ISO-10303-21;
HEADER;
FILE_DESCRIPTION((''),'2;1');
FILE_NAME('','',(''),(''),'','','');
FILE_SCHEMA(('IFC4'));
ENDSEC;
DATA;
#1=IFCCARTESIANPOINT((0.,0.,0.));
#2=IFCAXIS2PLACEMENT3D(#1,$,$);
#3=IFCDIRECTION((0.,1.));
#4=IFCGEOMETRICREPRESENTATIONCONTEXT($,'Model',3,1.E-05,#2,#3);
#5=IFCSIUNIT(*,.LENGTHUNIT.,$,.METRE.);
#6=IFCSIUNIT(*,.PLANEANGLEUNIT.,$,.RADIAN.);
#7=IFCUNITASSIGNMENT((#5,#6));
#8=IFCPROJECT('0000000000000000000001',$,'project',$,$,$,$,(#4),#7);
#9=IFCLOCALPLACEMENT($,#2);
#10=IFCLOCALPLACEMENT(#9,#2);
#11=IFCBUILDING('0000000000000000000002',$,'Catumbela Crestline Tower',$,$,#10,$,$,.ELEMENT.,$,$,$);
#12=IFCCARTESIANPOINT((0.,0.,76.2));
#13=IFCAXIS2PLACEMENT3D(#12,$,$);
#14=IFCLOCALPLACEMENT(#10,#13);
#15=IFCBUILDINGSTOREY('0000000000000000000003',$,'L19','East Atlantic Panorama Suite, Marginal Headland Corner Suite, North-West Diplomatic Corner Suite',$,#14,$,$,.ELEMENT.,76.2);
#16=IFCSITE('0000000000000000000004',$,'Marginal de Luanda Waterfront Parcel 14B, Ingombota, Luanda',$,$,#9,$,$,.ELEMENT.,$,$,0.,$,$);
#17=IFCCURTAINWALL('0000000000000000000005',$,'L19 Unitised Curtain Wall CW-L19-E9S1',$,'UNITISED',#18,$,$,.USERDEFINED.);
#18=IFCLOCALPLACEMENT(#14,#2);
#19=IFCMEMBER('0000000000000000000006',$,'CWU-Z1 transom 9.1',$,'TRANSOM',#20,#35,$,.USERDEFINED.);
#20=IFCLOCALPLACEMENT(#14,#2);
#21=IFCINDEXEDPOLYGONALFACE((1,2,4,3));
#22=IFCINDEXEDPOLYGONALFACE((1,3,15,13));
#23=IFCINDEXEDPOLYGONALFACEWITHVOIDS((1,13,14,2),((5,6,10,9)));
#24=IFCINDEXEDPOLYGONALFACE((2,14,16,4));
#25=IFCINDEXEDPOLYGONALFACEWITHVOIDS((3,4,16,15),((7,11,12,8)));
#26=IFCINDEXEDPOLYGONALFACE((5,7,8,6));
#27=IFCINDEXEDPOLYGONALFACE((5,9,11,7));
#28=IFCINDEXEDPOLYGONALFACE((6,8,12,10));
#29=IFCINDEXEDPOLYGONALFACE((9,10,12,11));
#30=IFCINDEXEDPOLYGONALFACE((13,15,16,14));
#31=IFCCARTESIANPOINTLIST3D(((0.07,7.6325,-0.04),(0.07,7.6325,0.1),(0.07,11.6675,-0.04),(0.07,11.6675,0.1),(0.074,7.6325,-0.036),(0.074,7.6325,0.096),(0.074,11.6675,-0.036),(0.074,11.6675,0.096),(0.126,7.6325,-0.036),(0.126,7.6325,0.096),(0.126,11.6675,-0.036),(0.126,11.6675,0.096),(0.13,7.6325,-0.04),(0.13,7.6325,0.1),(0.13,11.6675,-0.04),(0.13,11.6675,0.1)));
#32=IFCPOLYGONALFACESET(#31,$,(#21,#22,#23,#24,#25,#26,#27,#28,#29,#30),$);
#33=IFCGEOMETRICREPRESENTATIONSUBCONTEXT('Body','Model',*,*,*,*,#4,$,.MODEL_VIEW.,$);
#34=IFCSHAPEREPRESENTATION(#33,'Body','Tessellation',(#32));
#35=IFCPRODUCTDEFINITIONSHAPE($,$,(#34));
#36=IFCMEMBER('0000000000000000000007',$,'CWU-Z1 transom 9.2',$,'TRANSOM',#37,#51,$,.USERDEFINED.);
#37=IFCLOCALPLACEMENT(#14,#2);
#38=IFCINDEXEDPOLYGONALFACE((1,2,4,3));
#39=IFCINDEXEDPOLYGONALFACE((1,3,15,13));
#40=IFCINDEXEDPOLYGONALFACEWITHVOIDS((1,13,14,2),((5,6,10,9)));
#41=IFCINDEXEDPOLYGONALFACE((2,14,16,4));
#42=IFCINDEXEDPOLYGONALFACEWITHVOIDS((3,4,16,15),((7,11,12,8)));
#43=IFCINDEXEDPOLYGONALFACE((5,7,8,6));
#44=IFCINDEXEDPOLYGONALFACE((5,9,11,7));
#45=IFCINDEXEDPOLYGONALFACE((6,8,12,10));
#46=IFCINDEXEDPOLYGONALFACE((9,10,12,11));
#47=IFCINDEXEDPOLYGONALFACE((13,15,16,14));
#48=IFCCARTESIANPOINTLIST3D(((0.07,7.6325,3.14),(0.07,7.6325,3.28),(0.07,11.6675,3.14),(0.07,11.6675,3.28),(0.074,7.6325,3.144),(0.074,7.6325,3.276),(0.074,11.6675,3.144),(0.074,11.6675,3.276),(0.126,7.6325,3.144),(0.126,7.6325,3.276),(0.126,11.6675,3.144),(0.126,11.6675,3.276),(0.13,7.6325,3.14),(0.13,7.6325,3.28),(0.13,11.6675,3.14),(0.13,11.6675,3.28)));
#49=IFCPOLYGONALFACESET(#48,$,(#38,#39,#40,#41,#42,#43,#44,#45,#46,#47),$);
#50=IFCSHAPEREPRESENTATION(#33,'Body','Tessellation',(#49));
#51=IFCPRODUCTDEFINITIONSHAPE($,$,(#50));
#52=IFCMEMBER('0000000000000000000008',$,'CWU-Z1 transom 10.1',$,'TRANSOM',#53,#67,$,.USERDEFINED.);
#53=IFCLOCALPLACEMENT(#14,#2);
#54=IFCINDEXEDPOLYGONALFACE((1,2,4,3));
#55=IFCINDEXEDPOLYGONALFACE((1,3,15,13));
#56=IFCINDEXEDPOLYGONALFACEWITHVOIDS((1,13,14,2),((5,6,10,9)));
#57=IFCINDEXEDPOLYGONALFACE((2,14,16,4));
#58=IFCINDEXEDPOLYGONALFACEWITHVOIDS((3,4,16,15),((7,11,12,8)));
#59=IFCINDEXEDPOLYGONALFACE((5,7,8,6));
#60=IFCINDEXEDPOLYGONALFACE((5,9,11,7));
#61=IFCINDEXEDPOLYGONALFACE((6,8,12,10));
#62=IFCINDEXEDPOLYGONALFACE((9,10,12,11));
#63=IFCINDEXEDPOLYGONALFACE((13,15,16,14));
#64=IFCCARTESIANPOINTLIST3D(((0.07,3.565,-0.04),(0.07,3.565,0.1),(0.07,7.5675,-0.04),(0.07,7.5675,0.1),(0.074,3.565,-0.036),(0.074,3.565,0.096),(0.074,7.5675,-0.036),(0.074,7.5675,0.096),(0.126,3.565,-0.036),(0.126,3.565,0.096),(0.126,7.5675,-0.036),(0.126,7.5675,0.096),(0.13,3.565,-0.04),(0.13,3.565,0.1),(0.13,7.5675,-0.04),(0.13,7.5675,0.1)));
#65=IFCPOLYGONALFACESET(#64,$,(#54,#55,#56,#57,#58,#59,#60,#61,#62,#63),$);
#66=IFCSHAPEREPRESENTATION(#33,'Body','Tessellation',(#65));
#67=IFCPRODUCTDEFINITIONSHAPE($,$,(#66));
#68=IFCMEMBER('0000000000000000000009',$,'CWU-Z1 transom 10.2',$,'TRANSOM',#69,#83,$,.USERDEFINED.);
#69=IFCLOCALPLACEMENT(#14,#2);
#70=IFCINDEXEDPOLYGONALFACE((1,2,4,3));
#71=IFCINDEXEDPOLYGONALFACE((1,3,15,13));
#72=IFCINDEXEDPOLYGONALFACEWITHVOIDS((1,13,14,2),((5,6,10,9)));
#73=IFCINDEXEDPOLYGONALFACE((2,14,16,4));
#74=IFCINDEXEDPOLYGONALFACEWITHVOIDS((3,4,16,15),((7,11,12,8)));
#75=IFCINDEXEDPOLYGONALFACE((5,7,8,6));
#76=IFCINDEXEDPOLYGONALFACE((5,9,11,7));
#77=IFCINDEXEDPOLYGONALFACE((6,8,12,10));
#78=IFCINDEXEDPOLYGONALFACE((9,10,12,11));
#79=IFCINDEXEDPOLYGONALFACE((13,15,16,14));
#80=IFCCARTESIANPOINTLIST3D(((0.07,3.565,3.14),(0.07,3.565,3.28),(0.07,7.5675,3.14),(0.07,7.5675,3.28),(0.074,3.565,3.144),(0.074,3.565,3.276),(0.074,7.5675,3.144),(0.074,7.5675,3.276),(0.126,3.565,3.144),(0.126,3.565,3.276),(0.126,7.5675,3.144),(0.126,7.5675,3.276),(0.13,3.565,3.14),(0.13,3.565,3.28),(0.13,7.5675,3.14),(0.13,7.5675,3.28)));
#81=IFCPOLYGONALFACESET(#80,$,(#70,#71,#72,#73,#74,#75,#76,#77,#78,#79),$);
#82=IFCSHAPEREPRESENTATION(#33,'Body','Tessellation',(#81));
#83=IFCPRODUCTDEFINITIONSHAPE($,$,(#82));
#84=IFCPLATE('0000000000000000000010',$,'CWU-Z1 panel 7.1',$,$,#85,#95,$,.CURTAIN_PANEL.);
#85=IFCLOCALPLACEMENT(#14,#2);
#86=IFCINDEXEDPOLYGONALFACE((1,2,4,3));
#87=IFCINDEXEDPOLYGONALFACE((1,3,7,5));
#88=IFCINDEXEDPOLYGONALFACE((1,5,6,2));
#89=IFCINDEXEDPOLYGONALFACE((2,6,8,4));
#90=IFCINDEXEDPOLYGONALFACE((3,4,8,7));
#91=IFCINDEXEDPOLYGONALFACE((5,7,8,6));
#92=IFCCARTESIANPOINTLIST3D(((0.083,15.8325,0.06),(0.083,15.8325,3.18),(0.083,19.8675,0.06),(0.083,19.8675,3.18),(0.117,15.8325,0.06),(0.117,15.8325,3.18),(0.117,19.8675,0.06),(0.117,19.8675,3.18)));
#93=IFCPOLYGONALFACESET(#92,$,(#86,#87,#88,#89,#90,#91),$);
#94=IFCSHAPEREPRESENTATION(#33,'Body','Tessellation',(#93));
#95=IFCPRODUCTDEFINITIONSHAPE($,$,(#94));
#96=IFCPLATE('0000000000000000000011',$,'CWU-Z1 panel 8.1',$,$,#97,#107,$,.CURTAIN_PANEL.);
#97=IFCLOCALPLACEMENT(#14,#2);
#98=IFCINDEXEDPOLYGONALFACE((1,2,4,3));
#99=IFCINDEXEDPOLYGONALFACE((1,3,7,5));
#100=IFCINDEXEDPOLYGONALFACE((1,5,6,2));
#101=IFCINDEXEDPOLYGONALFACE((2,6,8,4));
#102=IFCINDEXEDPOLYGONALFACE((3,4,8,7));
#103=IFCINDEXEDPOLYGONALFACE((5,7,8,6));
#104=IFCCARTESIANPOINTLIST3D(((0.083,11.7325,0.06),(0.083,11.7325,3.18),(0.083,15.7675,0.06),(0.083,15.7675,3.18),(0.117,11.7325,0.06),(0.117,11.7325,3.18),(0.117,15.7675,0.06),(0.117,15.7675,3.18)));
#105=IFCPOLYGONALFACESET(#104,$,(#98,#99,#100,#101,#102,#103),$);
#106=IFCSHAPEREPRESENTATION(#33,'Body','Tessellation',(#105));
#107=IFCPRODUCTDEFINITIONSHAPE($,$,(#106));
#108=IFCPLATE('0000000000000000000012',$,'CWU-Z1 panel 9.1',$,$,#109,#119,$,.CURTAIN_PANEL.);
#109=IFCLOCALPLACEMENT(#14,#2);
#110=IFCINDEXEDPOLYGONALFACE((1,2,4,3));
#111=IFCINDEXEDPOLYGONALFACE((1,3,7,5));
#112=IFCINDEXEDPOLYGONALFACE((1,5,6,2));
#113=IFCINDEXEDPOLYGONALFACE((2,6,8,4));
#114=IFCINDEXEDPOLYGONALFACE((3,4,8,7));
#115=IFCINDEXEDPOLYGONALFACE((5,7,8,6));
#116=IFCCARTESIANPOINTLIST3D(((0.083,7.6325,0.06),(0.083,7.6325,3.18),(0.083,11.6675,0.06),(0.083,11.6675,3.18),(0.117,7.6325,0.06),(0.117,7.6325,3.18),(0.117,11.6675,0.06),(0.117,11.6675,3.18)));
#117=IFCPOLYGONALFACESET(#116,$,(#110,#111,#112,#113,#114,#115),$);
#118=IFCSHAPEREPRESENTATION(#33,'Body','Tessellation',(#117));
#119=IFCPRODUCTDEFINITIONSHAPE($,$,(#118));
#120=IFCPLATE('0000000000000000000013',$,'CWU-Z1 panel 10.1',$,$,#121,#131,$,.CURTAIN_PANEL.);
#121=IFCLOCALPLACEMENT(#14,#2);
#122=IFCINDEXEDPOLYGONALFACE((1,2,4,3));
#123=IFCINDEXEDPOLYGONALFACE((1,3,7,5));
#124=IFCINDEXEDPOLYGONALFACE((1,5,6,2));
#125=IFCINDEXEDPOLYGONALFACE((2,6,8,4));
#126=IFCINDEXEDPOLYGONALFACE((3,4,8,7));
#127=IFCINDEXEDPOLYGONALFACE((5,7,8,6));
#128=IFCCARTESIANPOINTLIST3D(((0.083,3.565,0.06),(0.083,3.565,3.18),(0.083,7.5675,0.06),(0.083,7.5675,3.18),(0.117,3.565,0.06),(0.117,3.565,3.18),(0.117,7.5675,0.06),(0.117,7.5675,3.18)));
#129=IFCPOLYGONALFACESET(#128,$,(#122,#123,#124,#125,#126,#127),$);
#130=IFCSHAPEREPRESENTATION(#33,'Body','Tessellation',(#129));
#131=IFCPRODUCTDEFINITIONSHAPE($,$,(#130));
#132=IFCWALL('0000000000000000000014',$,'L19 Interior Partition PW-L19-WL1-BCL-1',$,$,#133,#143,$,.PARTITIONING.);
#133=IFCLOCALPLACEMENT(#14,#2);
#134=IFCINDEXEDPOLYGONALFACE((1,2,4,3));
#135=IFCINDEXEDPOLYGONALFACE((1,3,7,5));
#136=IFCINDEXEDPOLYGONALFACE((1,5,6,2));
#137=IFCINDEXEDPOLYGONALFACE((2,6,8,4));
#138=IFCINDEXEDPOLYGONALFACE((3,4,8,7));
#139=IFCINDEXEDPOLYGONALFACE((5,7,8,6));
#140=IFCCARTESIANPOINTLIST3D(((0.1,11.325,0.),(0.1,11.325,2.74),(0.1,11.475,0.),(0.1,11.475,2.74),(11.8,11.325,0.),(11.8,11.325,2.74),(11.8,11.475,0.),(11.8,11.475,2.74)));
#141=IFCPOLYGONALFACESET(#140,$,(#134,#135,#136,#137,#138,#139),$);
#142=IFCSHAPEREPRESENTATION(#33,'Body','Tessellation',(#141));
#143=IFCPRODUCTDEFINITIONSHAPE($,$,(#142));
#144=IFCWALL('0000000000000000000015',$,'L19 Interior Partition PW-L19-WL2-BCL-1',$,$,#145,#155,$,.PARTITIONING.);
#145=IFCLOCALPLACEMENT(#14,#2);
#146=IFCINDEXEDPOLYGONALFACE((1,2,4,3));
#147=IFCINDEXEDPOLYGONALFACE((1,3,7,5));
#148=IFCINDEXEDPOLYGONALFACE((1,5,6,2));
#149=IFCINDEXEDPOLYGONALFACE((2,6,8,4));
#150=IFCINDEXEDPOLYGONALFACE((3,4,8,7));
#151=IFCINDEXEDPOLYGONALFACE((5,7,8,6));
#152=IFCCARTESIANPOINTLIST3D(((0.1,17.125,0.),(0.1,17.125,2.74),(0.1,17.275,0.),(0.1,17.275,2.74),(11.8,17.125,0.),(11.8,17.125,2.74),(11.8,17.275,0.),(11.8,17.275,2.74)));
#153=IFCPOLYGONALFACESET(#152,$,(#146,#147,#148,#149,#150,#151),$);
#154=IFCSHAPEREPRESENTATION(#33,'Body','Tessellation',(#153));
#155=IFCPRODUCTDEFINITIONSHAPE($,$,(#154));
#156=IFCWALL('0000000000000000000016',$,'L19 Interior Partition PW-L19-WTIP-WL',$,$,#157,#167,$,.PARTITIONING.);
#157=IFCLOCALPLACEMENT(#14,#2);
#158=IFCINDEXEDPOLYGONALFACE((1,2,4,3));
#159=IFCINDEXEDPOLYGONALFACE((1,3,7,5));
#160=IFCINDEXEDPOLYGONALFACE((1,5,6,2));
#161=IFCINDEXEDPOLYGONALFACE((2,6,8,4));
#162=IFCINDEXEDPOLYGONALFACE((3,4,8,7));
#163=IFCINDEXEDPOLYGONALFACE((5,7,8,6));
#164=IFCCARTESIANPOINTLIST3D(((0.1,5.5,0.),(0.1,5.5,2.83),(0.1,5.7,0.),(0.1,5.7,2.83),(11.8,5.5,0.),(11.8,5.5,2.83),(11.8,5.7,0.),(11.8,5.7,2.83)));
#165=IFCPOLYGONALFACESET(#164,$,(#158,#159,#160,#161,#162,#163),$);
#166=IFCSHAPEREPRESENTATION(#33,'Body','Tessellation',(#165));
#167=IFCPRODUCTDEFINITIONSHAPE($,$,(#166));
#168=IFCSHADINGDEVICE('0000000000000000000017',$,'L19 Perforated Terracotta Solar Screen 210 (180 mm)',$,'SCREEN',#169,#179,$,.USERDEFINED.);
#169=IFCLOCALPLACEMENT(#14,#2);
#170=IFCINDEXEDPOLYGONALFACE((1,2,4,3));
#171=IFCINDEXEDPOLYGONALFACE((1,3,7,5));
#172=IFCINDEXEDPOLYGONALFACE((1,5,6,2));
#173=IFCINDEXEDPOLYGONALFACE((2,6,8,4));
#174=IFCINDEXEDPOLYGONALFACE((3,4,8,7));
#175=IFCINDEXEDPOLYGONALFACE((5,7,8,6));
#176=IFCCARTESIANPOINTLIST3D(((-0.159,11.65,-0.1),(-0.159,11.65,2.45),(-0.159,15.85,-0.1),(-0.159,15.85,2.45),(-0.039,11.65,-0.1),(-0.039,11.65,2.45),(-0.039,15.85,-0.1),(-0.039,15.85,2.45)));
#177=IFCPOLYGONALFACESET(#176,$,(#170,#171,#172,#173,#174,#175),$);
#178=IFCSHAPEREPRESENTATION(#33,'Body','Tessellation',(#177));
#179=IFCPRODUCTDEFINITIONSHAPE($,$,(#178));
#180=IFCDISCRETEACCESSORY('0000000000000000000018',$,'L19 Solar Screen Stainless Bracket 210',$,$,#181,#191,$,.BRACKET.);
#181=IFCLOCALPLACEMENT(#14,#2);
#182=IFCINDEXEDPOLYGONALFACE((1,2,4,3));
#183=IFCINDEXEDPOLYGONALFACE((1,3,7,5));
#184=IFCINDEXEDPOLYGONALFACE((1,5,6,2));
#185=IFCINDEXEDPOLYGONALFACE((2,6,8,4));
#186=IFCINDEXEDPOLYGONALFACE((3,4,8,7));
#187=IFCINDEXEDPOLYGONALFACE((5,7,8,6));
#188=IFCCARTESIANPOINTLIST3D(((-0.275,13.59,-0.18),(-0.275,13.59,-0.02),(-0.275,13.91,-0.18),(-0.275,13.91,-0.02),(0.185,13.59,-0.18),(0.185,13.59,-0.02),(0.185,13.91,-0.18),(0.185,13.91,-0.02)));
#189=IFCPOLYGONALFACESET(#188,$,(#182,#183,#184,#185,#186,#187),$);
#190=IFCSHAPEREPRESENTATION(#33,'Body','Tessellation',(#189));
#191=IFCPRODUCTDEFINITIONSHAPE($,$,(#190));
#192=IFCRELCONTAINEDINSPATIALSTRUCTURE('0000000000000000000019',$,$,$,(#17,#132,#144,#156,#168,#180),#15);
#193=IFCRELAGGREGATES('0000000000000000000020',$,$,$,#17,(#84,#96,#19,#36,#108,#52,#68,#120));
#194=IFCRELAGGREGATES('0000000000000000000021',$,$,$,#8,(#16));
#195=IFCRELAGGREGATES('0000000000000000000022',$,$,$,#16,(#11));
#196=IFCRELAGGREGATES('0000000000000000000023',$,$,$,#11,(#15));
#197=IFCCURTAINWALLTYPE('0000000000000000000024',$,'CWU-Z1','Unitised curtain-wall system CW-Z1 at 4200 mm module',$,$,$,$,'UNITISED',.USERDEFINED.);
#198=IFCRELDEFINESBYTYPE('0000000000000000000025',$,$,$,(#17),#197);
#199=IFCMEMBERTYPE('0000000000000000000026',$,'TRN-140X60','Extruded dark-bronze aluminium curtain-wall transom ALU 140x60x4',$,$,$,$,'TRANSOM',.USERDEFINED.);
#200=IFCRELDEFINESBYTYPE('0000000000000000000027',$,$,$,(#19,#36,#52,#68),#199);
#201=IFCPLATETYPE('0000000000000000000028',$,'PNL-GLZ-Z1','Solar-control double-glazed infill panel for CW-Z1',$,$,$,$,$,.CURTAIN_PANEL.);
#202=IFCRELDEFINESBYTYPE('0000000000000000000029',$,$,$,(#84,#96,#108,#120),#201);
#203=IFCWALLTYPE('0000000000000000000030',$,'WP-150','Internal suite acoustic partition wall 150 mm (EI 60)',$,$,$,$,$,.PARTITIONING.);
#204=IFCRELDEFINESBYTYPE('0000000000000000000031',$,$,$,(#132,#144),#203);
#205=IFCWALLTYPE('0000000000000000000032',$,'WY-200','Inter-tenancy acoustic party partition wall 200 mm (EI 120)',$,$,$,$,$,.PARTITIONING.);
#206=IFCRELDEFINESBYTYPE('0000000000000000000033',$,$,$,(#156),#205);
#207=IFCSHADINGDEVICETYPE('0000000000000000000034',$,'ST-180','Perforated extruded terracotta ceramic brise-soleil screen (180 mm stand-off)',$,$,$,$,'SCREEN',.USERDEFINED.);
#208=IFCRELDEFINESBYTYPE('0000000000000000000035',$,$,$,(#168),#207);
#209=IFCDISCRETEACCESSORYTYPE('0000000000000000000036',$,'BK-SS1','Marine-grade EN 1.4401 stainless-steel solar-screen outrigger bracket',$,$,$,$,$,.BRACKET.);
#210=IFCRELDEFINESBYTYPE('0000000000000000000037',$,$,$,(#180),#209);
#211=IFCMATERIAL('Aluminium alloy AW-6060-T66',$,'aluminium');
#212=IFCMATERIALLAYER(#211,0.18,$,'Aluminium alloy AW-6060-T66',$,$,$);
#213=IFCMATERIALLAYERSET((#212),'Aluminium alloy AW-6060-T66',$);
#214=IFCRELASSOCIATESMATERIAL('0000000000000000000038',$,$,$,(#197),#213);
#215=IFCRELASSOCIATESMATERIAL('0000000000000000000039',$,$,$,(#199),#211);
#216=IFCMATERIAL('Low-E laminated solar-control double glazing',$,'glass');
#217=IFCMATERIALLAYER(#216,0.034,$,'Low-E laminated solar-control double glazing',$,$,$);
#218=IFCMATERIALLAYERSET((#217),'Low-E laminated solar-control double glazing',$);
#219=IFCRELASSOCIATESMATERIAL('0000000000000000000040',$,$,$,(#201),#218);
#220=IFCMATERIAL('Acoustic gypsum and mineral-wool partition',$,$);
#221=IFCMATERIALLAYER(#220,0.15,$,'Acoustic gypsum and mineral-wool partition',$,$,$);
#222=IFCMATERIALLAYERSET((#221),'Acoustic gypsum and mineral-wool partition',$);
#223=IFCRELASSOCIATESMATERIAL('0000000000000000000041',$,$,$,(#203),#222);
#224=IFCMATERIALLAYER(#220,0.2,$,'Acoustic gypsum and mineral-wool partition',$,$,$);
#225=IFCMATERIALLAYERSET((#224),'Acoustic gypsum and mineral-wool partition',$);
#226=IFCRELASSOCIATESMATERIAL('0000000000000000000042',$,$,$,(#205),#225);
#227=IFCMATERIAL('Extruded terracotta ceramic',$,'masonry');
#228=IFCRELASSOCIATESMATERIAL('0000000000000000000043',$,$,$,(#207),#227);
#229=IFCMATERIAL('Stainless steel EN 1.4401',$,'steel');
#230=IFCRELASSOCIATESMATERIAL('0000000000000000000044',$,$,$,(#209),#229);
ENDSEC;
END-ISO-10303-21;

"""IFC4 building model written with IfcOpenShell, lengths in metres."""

from ifc_helpers import new_model, si_unit, direction, frame, frame_2d, origin, origin_2d, place, context, subcontext, project, spatial, rectangle, hollow_rectangle, extrude, material, layer, layer_set, material_profile, profile_set, type_object, element, aggregate, save


model = new_model("IFC4")

# Units and contexts
model_context = context("Model", 3, precision=1e-05, world=origin(), true_north=direction((0.0, 1.0)))
body_context = subcontext(model_context, "Body", "Model", "MODEL_VIEW")
ifc_project = project(units=[si_unit("LENGTHUNIT", "METRE"), si_unit("PLANEANGLEUNIT", "RADIAN")], contexts=[model_context])

# Site, building, storey
site_placement = place(None, origin())
site = spatial("IfcSite", under=ifc_project, at=site_placement, Name="Marginal de Luanda Waterfront Parcel 14B, Ingombota, Luanda", CompositionType="ELEMENT", RefElevation=0.0)
building_placement = place(site_placement, origin())
building = spatial("IfcBuilding", under=site, at=building_placement, Name="Catumbela Crestline Tower", CompositionType="ELEMENT")
storey_placement = place(building_placement, frame((0.0, 0.0, 76.2)))
storey = spatial("IfcBuildingStorey", under=building, at=storey_placement, Name="L19", Description="East Atlantic Panorama Suite, Marginal Headland Corner Suite, North-West Diplomatic Corner Suite", CompositionType="ELEMENT", Elevation=76.2)

# Curtain wall
ifc_material_1 = material(Name="Aluminium alloy AW-6060-T66", Category="aluminium")
ifc_layer_1 = layer(ifc_material_1, 0.18, Name="Aluminium alloy AW-6060-T66")
ifc_layer_set_1 = layer_set([ifc_layer_1], Name="Aluminium alloy AW-6060-T66")
curtain_wall_type = type_object("IfcCurtainWallType", Name="CWU-Z1", Description="Unitised curtain-wall system CW-Z1 at 4200 mm module", ElementType="UNITISED", PredefinedType="USERDEFINED", material=ifc_layer_set_1)
curtain_wall_placement = place(storey_placement, origin())
curtain_wall = element("IfcCurtainWall", 1, at=curtain_wall_placement, inside=storey, type_object=curtain_wall_type, Name="L19 Unitised Curtain Wall CW-L19-E9S1", ObjectType="UNITISED", PredefinedType="USERDEFINED")

# Members
ifc_material_profile_1 = material_profile(ifc_material_1, hollow_rectangle(XDim=0.06, YDim=0.14, WallThickness=0.004, at=origin_2d()), Name="ALU 140x60x4")
ifc_profile_set_1 = profile_set([ifc_material_profile_1], Name="Aluminium alloy AW-6060-T66")
member_type_1 = type_object("IfcMemberType", Name="TRN-140X60", Description="Extruded dark-bronze aluminium curtain-wall transom ALU 140x60x4", ElementType="TRANSOM", PredefinedType="USERDEFINED", material=ifc_profile_set_1)
member_1_placement = place(storey_placement, frame((0.1, 11.6675, 0.03), z_axis=(0.0, -1.0, 0.0), x_axis=(1.0, 0.0, 0.0)))
member_1 = element("IfcMember", 2, at=member_1_placement, type_object=member_type_1, Name="CWU-Z1 transom 9.1", ObjectType="TRANSOM", PredefinedType="USERDEFINED", context=body_context, shape_type="SweptSolid", body=[
    extrude(hollow_rectangle(XDim=0.06, YDim=0.14, WallThickness=0.004, at=origin_2d()), origin(), (0.0, 0.0, 1.0), 4.035),
])
member_2_placement = place(storey_placement, frame((0.1, 11.6675, 3.21), z_axis=(0.0, -1.0, 0.0), x_axis=(1.0, 0.0, 0.0)))
member_2 = element("IfcMember", 3, at=member_2_placement, type_object=member_type_1, Name="CWU-Z1 transom 9.2", ObjectType="TRANSOM", PredefinedType="USERDEFINED", context=body_context, shape_type="SweptSolid", body=[
    extrude(hollow_rectangle(XDim=0.06, YDim=0.14, WallThickness=0.004, at=origin_2d()), origin(), (0.0, 0.0, 1.0), 4.035),
])
member_3_placement = place(storey_placement, frame((0.1, 7.5675, 0.03), z_axis=(0.0, -1.0, 0.0), x_axis=(1.0, 0.0, 0.0)))
member_3 = element("IfcMember", 4, at=member_3_placement, type_object=member_type_1, Name="CWU-Z1 transom 10.1", ObjectType="TRANSOM", PredefinedType="USERDEFINED", context=body_context, shape_type="SweptSolid", body=[
    extrude(hollow_rectangle(XDim=0.06, YDim=0.14, WallThickness=0.004, at=origin_2d()), origin(), (0.0, 0.0, 1.0), 4.0025),
])
member_4_placement = place(storey_placement, frame((0.1, 7.5675, 3.21), z_axis=(0.0, -1.0, 0.0), x_axis=(1.0, 0.0, 0.0)))
member_4 = element("IfcMember", 5, at=member_4_placement, type_object=member_type_1, Name="CWU-Z1 transom 10.2", ObjectType="TRANSOM", PredefinedType="USERDEFINED", context=body_context, shape_type="SweptSolid", body=[
    extrude(hollow_rectangle(XDim=0.06, YDim=0.14, WallThickness=0.004, at=origin_2d()), origin(), (0.0, 0.0, 1.0), 4.0025),
])

# Plates
ifc_material_2 = material(Name="Low-E laminated solar-control double glazing", Category="glass")
ifc_layer_2 = layer(ifc_material_2, 0.034, Name="Low-E laminated solar-control double glazing")
ifc_layer_set_2 = layer_set([ifc_layer_2], Name="Low-E laminated solar-control double glazing")
plate_type = type_object("IfcPlateType", Name="PNL-GLZ-Z1", Description="Solar-control double-glazed infill panel for CW-Z1", PredefinedType="CURTAIN_PANEL", material=ifc_layer_set_2)
plate_1_placement = place(storey_placement, frame((0.1, 17.85, 0.06), z_axis=(0.0, 0.0, 1.0), x_axis=(0.0, -1.0, 0.0)))
plate_1 = element("IfcPlate", 6, at=plate_1_placement, type_object=plate_type, Name="CWU-Z1 panel 7.1", PredefinedType="CURTAIN_PANEL", context=body_context, shape_type="SweptSolid", body=[
    extrude(rectangle(XDim=4.035, YDim=0.034, at=origin_2d()), origin(), (0.0, 0.0, 1.0), 3.12),
])
plate_2_placement = place(storey_placement, frame((0.1, 13.75, 0.06), z_axis=(0.0, 0.0, 1.0), x_axis=(0.0, -1.0, 0.0)))
plate_2 = element("IfcPlate", 7, at=plate_2_placement, type_object=plate_type, Name="CWU-Z1 panel 8.1", PredefinedType="CURTAIN_PANEL", context=body_context, shape_type="SweptSolid", body=[
    extrude(rectangle(XDim=4.035, YDim=0.034, at=origin_2d()), origin(), (0.0, 0.0, 1.0), 3.12),
])
plate_3_placement = place(storey_placement, frame((0.1, 9.65, 0.06), z_axis=(0.0, 0.0, 1.0), x_axis=(0.0, -1.0, 0.0)))
plate_3 = element("IfcPlate", 8, at=plate_3_placement, type_object=plate_type, Name="CWU-Z1 panel 9.1", PredefinedType="CURTAIN_PANEL", context=body_context, shape_type="SweptSolid", body=[
    extrude(rectangle(XDim=4.035, YDim=0.034, at=origin_2d()), origin(), (0.0, 0.0, 1.0), 3.12),
])
plate_4_placement = place(storey_placement, frame((0.1, 5.5662, 0.06), z_axis=(0.0, 0.0, 1.0), x_axis=(0.0, -1.0, 0.0)))
plate_4 = element("IfcPlate", 9, at=plate_4_placement, type_object=plate_type, Name="CWU-Z1 panel 10.1", PredefinedType="CURTAIN_PANEL", context=body_context, shape_type="SweptSolid", body=[
    extrude(rectangle(XDim=4.0025, YDim=0.034, at=origin_2d()), origin(), (0.0, 0.0, 1.0), 3.12),
])
aggregate(curtain_wall, [plate_1, plate_2, member_1, member_2, plate_3, member_3, member_4, plate_4])

# Walls
ifc_material_3 = material(Name="Acoustic gypsum and mineral-wool partition")
ifc_layer_3 = layer(ifc_material_3, 0.15, Name="Acoustic gypsum and mineral-wool partition")
ifc_layer_set_3 = layer_set([ifc_layer_3], Name="Acoustic gypsum and mineral-wool partition")
wall_type_1 = type_object("IfcWallType", Name="WP-150", Description="Internal suite acoustic partition wall 150 mm (EI 60)", PredefinedType="PARTITIONING", material=ifc_layer_set_3)
for number, where, z_axis, x_axis, name in (
    (10, (0.1, 11.4, 0.0), (0.0, 0.0, 1.0), (1.0, 0.0, 0.0), "L19 Interior Partition PW-L19-WL1-BCL-1"),
    (11, (0.1, 17.2, 0.0), (0.0, 0.0, 1.0), (1.0, 0.0, 0.0), "L19 Interior Partition PW-L19-WL2-BCL-1"),
):
    element("IfcWall", number, at=place(storey_placement, frame(where, z_axis=z_axis, x_axis=x_axis)), inside=storey, type_object=wall_type_1, Name=name, PredefinedType="PARTITIONING", context=body_context, shape_type="SweptSolid", body=[
        extrude(rectangle(XDim=11.7, YDim=0.15, at=frame_2d((5.85, 0.0))), origin(), (0.0, 0.0, 1.0), 2.74),
    ])
ifc_layer_4 = layer(ifc_material_3, 0.2, Name="Acoustic gypsum and mineral-wool partition")
ifc_layer_set_4 = layer_set([ifc_layer_4], Name="Acoustic gypsum and mineral-wool partition")
wall_type_2 = type_object("IfcWallType", Name="WY-200", Description="Inter-tenancy acoustic party partition wall 200 mm (EI 120)", PredefinedType="PARTITIONING", material=ifc_layer_set_4)
wall_placement = place(storey_placement, frame((0.1, 5.6, 0.0), z_axis=(0.0, 0.0, 1.0), x_axis=(1.0, 0.0, 0.0)))
element("IfcWall", 12, at=wall_placement, inside=storey, type_object=wall_type_2, Name="L19 Interior Partition PW-L19-WTIP-WL", PredefinedType="PARTITIONING", context=body_context, shape_type="SweptSolid", body=[
    extrude(rectangle(XDim=11.7, YDim=0.2, at=frame_2d((5.85, 0.0))), origin(), (0.0, 0.0, 1.0), 2.83),
])

# Shading device
ifc_material_4 = material(Name="Extruded terracotta ceramic", Category="masonry")
shading_device_type = type_object("IfcShadingDeviceType", Name="ST-180", Description="Perforated extruded terracotta ceramic brise-soleil screen (180 mm stand-off)", ElementType="SCREEN", PredefinedType="USERDEFINED", material=ifc_material_4)
shading_device_placement = place(storey_placement, frame((-0.099, 13.75, -0.1), z_axis=(0.0, 0.0, 1.0), x_axis=(0.0, -1.0, 0.0)))
element("IfcShadingDevice", 13, at=shading_device_placement, inside=storey, type_object=shading_device_type, Name="L19 Perforated Terracotta Solar Screen 210 (180 mm)", ObjectType="SCREEN", PredefinedType="USERDEFINED", context=body_context, shape_type="SweptSolid", body=[
    extrude(rectangle(XDim=4.2, YDim=0.12, at=origin_2d()), origin(), (0.0, 0.0, 1.0), 2.55),
])

# Discrete accessory
ifc_material_5 = material(Name="Stainless steel EN 1.4401", Category="steel")
discrete_accessory_type = type_object("IfcDiscreteAccessoryType", Name="BK-SS1", Description="Marine-grade EN 1.4401 stainless-steel solar-screen outrigger bracket", PredefinedType="BRACKET", material=ifc_material_5)
discrete_accessory_placement = place(storey_placement, frame((-0.045, 13.75, -0.18), z_axis=(0.0, 0.0, 1.0), x_axis=(0.0, -1.0, 0.0)))
element("IfcDiscreteAccessory", 14, at=discrete_accessory_placement, inside=storey, type_object=discrete_accessory_type, Name="L19 Solar Screen Stainless Bracket 210", PredefinedType="BRACKET", context=body_context, shape_type="SweptSolid", body=[
    extrude(rectangle(XDim=0.32, YDim=0.46, at=origin_2d()), origin(), (0.0, 0.0, 1.0), 0.16),
])

save(model, "model.ifc")
